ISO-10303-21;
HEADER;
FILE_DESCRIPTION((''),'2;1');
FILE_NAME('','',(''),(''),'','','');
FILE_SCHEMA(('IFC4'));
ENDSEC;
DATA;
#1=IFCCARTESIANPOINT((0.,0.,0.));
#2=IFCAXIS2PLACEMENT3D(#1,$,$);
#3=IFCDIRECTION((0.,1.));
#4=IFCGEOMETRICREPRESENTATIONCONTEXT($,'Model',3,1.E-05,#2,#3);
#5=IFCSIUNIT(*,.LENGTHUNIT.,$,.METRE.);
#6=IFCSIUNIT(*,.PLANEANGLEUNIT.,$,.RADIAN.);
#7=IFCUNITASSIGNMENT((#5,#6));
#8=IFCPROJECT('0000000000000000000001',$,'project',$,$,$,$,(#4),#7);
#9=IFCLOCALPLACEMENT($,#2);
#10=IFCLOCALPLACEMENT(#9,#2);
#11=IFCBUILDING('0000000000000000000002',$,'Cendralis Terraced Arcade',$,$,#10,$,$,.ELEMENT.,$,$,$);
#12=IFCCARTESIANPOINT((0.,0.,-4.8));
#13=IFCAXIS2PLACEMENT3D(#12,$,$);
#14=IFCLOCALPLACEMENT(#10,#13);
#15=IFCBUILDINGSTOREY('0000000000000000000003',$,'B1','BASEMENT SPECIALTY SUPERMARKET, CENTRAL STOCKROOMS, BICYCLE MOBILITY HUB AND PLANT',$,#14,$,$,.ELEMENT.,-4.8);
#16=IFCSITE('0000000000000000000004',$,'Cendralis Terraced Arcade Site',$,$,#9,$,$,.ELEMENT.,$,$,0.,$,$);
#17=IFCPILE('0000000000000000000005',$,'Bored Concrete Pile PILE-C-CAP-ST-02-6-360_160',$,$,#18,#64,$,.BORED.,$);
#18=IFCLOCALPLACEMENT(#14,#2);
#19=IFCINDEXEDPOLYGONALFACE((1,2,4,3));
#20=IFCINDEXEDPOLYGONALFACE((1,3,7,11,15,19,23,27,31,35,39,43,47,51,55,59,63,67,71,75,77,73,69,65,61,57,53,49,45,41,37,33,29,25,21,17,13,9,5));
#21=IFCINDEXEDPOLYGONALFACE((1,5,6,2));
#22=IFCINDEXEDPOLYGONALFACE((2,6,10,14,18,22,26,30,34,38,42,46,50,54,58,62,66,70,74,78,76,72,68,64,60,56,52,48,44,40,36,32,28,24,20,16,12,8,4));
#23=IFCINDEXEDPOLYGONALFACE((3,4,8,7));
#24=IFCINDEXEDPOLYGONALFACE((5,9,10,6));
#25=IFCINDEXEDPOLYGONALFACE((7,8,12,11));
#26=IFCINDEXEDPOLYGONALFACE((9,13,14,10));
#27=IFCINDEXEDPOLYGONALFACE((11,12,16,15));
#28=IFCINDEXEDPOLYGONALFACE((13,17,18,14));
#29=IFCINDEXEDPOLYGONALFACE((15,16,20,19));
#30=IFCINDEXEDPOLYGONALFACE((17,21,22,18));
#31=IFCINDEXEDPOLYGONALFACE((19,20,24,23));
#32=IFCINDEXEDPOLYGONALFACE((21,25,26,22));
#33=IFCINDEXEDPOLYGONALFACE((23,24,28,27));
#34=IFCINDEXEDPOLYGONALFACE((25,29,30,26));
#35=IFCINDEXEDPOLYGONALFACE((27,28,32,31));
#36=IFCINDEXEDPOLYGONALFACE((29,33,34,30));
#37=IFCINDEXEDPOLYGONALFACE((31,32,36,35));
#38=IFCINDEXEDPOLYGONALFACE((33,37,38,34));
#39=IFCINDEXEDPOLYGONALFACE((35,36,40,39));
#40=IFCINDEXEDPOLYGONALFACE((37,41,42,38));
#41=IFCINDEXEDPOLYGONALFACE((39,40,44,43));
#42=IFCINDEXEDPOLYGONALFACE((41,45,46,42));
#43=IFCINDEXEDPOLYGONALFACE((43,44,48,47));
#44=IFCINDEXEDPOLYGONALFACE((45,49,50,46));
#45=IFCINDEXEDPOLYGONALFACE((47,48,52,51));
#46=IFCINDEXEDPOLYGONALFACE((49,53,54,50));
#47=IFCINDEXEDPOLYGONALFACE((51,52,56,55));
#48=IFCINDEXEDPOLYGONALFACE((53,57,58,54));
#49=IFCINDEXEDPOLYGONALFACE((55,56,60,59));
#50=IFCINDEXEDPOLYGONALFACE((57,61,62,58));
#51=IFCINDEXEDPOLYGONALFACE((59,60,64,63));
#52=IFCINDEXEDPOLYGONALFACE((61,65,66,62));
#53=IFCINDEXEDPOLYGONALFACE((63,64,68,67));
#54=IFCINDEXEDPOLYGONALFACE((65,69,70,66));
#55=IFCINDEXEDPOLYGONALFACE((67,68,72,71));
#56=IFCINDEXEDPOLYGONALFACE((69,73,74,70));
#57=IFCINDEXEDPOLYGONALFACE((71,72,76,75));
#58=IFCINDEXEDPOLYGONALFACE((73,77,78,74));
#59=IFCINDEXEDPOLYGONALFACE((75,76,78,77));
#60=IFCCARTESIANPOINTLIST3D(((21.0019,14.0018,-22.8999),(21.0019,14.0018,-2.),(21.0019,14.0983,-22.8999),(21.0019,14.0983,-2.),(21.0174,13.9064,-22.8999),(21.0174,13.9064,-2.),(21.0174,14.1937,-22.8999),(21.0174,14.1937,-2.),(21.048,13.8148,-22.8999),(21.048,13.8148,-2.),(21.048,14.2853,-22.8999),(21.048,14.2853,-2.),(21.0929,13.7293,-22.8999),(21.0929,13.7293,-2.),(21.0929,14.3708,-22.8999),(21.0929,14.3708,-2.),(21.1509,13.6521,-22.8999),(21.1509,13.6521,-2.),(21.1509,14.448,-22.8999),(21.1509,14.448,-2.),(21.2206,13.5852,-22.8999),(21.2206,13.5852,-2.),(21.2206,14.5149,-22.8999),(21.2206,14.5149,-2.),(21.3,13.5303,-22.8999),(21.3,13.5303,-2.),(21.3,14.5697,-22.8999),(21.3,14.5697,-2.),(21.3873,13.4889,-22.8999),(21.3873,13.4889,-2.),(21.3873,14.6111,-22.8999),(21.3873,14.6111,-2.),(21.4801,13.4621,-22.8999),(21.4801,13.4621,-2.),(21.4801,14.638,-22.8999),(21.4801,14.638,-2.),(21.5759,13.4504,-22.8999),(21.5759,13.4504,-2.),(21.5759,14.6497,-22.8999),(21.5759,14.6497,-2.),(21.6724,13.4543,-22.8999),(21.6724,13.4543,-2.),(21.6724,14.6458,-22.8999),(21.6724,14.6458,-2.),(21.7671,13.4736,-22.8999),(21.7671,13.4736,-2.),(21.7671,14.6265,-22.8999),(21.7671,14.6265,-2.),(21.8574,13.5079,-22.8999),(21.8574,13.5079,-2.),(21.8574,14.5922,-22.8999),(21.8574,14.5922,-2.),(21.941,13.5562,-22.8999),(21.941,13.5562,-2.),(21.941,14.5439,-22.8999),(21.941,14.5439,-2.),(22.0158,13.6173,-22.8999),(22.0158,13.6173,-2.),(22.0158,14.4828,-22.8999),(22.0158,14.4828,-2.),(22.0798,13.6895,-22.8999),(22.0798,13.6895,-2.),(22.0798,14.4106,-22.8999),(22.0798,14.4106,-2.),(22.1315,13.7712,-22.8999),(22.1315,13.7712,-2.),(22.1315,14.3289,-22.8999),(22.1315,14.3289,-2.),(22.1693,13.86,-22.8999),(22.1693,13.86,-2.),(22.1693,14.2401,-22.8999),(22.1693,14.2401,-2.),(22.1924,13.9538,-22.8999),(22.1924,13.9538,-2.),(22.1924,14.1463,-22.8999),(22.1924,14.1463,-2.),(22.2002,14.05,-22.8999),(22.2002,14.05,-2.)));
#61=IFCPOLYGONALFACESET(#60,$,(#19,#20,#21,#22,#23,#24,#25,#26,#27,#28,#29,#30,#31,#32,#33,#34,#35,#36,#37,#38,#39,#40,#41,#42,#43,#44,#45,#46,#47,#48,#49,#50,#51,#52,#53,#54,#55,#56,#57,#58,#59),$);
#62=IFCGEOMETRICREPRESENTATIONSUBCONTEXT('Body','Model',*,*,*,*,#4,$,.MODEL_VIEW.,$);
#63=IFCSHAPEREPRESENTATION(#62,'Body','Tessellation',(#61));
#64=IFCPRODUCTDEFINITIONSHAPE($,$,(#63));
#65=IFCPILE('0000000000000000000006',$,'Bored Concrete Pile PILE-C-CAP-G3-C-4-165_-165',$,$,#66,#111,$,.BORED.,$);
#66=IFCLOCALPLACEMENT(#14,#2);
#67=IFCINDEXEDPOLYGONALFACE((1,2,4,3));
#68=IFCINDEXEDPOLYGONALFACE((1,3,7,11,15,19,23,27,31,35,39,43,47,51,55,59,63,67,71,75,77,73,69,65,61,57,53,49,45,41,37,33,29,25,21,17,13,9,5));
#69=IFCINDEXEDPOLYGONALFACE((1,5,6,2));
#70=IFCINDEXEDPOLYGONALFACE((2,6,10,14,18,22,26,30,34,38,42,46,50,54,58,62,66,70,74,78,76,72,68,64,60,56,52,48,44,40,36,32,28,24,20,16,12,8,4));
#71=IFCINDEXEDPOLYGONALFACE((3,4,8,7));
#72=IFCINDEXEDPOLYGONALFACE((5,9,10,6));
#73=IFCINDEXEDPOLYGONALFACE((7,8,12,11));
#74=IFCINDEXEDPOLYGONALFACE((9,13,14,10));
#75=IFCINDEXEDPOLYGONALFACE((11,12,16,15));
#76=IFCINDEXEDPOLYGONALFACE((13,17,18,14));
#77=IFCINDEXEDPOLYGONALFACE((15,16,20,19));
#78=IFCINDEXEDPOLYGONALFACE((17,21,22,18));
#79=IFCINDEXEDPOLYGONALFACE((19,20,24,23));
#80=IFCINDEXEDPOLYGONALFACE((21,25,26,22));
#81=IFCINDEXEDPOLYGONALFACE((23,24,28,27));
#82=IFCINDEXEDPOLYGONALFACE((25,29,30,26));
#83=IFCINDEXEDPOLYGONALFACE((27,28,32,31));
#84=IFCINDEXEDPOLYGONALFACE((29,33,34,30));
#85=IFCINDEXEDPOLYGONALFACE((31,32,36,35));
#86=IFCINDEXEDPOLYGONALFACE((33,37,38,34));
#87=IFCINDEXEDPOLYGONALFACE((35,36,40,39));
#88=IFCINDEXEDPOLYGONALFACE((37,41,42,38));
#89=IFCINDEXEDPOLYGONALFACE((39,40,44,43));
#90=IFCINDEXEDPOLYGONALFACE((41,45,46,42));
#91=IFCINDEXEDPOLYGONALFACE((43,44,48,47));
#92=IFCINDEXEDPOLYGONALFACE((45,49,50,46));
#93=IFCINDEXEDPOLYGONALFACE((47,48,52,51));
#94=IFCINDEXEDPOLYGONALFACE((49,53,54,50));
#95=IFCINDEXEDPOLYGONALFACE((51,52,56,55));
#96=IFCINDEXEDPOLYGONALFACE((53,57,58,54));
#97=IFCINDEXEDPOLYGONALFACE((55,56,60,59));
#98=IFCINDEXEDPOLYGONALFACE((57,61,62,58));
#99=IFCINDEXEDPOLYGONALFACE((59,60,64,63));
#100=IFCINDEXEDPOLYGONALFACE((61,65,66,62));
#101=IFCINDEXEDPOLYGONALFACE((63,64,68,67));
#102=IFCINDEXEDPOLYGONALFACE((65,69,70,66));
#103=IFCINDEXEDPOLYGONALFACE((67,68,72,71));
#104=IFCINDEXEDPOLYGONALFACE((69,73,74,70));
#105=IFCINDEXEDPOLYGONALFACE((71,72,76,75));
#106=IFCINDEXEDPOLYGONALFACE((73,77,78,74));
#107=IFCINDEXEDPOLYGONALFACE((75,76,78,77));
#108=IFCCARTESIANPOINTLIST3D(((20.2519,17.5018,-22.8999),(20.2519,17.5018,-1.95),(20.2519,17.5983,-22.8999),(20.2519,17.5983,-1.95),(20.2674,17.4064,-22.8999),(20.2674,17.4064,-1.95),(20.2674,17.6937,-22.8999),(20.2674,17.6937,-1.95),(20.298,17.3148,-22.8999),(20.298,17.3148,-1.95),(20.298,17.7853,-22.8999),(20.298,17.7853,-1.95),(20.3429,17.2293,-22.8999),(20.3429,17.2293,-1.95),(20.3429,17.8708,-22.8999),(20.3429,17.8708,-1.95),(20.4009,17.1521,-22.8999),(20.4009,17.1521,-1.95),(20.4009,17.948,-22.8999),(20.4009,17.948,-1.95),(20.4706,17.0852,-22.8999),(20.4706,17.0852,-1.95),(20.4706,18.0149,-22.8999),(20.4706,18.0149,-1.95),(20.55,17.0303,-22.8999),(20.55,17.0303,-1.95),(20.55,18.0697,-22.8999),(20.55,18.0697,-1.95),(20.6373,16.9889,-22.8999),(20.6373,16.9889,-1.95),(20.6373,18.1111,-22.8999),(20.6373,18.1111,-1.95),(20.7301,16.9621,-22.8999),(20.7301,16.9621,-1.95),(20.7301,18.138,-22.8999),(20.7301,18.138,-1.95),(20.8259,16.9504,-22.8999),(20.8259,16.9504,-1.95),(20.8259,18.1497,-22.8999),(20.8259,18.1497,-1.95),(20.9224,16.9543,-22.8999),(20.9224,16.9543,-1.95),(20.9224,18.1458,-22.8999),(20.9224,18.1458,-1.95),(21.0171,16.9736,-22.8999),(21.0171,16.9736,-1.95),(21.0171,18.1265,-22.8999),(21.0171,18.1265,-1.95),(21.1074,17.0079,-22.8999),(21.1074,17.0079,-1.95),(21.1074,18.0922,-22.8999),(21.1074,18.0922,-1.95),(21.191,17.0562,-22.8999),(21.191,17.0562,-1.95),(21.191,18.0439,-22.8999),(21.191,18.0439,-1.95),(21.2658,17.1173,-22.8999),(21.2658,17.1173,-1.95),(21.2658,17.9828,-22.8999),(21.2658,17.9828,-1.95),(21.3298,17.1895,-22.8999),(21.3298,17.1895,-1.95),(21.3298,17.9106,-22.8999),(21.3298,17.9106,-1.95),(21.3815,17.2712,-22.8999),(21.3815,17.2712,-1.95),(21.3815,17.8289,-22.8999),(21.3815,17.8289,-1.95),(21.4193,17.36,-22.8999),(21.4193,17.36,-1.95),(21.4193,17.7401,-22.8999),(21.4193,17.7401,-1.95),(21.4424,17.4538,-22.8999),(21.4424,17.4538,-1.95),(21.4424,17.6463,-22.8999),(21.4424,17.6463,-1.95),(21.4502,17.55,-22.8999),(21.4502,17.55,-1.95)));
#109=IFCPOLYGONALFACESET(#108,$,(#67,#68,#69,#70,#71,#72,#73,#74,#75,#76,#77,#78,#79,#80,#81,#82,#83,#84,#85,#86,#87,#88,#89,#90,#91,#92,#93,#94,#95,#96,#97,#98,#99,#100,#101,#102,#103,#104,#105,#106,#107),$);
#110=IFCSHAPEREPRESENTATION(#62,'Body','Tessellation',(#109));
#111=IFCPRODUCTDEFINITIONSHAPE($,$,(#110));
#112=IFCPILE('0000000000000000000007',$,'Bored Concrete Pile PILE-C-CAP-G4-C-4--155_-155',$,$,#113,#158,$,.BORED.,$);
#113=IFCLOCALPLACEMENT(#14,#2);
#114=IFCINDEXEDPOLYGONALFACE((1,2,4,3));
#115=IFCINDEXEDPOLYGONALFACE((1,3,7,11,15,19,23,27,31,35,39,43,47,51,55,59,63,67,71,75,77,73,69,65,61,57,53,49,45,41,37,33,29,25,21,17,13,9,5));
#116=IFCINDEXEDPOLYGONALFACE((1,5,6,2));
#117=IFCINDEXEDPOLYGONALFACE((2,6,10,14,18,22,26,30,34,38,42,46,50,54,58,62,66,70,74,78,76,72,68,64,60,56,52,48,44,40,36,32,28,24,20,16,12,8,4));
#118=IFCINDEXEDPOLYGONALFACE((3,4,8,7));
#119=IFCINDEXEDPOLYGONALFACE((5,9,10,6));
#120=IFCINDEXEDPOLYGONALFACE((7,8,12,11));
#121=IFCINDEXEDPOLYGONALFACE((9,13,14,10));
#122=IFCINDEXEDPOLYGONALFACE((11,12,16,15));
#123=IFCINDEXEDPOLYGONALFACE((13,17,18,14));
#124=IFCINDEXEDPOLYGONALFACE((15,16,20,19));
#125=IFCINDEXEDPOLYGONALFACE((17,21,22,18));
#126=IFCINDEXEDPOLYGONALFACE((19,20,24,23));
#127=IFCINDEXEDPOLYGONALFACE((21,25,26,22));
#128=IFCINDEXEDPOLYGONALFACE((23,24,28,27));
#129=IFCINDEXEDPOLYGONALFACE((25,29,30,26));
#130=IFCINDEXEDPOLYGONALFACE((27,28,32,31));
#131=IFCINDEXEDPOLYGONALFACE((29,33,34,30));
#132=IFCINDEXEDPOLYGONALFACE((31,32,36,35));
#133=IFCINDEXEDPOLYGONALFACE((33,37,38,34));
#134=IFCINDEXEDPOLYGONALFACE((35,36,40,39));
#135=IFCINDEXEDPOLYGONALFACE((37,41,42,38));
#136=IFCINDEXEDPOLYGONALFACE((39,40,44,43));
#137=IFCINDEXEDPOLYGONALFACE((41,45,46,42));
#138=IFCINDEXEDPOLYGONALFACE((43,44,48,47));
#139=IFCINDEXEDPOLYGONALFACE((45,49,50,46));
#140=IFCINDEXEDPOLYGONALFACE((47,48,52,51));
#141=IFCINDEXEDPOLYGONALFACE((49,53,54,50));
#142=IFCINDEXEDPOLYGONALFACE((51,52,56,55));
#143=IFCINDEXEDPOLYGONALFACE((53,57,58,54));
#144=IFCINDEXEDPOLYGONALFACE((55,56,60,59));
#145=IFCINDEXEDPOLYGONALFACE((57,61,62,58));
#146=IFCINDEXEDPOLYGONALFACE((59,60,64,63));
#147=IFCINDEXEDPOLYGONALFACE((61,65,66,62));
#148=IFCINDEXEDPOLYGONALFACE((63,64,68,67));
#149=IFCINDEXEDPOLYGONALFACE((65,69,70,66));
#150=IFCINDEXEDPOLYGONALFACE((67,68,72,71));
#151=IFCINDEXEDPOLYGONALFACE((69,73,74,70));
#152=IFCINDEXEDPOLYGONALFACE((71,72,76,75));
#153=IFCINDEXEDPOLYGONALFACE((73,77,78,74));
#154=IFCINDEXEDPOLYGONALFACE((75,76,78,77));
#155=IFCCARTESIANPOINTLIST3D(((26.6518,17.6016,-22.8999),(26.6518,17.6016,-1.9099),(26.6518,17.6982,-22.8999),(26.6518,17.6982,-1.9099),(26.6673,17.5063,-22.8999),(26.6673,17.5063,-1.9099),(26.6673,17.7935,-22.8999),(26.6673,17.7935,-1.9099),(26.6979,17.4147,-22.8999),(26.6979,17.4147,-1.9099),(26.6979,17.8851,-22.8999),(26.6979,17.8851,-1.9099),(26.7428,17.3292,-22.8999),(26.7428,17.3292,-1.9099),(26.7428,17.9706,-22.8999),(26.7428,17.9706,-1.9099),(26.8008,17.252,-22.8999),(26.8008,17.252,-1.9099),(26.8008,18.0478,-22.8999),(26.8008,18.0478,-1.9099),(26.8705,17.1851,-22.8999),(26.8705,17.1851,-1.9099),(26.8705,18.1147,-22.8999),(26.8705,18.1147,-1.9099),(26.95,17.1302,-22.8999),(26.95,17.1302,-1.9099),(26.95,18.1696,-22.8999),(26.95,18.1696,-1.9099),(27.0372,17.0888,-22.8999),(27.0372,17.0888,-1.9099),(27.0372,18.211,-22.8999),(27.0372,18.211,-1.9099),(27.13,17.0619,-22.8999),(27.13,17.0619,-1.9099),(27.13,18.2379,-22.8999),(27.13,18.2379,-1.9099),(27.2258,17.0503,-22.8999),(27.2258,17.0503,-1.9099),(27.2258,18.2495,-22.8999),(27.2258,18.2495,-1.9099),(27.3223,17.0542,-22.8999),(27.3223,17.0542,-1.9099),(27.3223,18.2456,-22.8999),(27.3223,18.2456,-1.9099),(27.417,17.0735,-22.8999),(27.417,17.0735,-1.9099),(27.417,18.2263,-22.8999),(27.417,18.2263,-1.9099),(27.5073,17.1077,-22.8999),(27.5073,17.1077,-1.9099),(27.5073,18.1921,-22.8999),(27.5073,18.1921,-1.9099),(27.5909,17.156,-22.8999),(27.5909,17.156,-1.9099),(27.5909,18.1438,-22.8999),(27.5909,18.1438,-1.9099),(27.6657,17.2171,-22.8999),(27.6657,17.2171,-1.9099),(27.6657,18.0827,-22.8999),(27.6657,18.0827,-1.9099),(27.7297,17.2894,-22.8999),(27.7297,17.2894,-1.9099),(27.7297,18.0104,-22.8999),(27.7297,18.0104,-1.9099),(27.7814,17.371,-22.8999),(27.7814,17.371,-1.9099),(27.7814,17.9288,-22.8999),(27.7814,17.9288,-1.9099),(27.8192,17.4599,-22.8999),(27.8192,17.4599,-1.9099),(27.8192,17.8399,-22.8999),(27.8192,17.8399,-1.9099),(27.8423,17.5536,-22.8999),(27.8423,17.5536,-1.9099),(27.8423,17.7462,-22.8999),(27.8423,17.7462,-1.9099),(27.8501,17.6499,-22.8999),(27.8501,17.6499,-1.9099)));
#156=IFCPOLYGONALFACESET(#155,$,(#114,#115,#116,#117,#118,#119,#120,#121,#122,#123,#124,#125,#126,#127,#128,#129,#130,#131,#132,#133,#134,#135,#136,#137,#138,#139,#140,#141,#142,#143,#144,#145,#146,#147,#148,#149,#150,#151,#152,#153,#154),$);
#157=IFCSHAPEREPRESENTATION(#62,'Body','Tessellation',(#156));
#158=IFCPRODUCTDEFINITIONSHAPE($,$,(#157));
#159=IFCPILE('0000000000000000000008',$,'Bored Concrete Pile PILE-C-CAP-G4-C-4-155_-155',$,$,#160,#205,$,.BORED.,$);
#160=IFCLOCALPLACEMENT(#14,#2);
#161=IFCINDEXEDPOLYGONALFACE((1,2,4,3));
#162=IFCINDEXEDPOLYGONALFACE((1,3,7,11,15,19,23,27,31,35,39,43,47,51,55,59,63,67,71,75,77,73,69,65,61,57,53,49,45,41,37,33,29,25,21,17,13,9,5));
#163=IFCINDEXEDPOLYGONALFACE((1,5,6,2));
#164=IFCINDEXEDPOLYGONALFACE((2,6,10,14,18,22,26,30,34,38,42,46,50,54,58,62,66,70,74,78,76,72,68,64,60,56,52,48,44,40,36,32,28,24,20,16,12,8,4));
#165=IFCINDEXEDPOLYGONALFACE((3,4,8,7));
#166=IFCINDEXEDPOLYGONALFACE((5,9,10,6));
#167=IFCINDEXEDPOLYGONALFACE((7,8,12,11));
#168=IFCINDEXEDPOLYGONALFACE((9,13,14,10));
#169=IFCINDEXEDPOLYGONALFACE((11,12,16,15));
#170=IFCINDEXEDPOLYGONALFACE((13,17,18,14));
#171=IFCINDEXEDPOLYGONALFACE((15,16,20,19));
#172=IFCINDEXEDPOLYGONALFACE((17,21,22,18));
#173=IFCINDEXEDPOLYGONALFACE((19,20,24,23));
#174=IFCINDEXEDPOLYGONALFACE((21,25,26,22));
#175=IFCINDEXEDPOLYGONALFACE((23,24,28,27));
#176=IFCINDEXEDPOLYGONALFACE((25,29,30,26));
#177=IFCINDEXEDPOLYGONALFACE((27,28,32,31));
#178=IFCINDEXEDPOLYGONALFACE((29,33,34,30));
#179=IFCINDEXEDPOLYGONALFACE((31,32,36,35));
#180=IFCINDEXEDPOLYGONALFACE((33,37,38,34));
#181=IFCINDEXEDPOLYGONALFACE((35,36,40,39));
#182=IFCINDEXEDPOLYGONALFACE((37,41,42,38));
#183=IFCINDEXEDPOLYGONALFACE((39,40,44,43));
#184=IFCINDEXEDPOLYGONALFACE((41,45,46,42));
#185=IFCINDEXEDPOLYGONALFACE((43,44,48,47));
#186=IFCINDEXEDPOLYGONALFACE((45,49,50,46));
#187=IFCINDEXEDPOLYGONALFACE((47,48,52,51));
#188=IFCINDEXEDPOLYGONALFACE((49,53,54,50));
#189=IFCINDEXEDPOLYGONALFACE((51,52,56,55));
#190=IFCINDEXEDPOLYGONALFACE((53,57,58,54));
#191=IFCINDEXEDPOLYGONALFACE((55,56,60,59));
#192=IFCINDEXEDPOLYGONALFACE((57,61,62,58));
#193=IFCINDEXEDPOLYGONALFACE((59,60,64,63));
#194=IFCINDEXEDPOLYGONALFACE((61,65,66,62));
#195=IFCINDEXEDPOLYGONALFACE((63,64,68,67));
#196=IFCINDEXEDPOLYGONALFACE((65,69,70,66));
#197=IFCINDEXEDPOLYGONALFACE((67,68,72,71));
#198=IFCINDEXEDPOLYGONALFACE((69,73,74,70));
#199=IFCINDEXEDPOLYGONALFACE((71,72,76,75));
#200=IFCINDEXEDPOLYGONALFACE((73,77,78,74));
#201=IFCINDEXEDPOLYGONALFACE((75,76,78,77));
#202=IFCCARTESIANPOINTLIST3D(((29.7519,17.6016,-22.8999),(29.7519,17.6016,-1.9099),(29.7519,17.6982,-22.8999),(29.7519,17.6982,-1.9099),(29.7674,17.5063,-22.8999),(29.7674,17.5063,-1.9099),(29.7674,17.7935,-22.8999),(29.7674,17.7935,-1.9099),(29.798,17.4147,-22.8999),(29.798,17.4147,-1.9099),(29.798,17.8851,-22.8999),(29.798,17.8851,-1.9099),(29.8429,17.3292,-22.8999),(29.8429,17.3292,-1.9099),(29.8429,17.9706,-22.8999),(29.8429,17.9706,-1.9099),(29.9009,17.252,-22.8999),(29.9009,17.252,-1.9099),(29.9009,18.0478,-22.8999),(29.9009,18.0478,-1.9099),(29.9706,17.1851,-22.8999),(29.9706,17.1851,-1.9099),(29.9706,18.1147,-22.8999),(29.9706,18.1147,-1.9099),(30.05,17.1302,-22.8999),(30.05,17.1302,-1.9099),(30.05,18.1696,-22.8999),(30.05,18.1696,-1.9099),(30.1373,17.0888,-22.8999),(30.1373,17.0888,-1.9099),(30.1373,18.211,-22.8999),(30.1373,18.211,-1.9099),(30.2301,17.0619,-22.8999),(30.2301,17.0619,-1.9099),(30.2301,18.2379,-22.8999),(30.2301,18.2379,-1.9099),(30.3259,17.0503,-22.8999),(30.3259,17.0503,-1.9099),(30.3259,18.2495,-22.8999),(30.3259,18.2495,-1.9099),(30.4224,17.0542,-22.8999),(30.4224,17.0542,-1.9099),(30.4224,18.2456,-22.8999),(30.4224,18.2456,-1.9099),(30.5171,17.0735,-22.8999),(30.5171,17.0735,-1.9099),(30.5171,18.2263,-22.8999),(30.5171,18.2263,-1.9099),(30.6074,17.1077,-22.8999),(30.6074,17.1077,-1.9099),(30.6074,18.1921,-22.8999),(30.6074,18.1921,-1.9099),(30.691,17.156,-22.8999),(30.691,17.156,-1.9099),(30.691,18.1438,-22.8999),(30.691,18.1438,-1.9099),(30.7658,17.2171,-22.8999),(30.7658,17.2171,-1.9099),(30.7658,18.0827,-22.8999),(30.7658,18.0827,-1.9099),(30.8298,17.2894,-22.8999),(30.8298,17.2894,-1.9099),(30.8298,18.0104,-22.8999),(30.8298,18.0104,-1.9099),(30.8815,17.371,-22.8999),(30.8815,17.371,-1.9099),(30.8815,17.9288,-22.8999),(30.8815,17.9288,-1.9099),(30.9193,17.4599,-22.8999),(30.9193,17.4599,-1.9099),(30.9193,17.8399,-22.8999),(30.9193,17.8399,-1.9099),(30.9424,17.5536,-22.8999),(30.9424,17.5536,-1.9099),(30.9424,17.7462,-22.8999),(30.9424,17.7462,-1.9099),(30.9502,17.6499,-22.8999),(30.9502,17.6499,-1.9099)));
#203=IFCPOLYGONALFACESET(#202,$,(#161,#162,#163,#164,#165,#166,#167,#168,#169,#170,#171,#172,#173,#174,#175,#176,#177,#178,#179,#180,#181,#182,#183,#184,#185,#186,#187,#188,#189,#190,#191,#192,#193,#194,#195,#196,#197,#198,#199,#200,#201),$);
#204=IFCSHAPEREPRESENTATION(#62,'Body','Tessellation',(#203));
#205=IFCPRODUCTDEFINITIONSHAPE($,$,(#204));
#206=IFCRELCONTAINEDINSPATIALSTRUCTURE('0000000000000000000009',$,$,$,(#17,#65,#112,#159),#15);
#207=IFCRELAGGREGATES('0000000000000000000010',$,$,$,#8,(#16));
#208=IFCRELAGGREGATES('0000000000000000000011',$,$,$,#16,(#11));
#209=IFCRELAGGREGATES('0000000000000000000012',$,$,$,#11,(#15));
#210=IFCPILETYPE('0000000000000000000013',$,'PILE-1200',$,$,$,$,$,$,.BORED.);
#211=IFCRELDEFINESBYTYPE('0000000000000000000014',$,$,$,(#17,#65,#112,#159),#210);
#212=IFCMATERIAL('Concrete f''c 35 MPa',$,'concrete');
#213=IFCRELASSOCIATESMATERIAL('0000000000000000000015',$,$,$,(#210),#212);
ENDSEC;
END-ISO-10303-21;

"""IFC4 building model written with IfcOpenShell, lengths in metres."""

from ifc_helpers import new_model, si_unit, direction, frame, origin, origin_2d, place, context, subcontext, project, spatial, circle, extrude, material, material_profile, profile_set, type_object, element, save


model = new_model("IFC4")

# Units and contexts
model_context = context("Model", 3, precision=1e-05, world=origin(), true_north=direction((0.0, 1.0)))
body_context = subcontext(model_context, "Body", "Model", "MODEL_VIEW")
ifc_project = project(units=[si_unit("LENGTHUNIT", "METRE"), si_unit("PLANEANGLEUNIT", "RADIAN")], contexts=[model_context])

# Site, building, storey
site_placement = place(None, origin())
site = spatial("IfcSite", under=ifc_project, at=site_placement, Name="Cendralis Terraced Arcade Site", CompositionType="ELEMENT", RefElevation=0.0)
building_placement = place(site_placement, origin())
building = spatial("IfcBuilding", under=site, at=building_placement, Name="Cendralis Terraced Arcade", CompositionType="ELEMENT")
storey_placement = place(building_placement, frame((0.0, 0.0, -4.8)))
storey = spatial("IfcBuildingStorey", under=building, at=storey_placement, Name="B1", Description="BASEMENT SPECIALTY SUPERMARKET, CENTRAL STOCKROOMS, BICYCLE MOBILITY HUB AND PLANT", CompositionType="ELEMENT", Elevation=-4.8)

# Shared definitions
ifc_material_1 = material(Name="Concrete f'c 35 MPa", Category="concrete")

# Piles
ifc_material_profile_1 = material_profile(ifc_material_1, circle(Radius=0.6001, at=origin_2d()), Name="PILE-D1200", Category="LoadBearing")
ifc_profile_set_1 = profile_set([ifc_material_profile_1], Name="Concrete f'c 35 MPa")
pile_type_1 = type_object("IfcPileType", Name="PILE-1200", PredefinedType="BORED", material=ifc_profile_set_1)
for number, where, z_axis, x_axis, name in (
    (1, (21.6001, 14.05, -2.0), (0.0, 0.0, -1.0), (1.0, 0.0, 0.0), "Bored Concrete Pile PILE-C-CAP-ST-02-6-360_160"),
):
    element("IfcPile", number, at=place(storey_placement, frame(where, z_axis=z_axis, x_axis=x_axis)), inside=storey, type_object=pile_type_1, Name=name, PredefinedType="BORED", context=body_context, shape_type="SweptSolid", body=[
        extrude(circle(Radius=0.6001, at=origin_2d()), origin(), (0.0, 0.0, 1.0), 20.8999),
    ])
pile_1_placement = place(storey_placement, frame((20.8501, 17.55, -1.95), z_axis=(0.0, 0.0, -1.0), x_axis=(1.0, 0.0, 0.0)))
element("IfcPile", 2, at=pile_1_placement, inside=storey, type_object=pile_type_1, Name="Bored Concrete Pile PILE-C-CAP-G3-C-4-165_-165", PredefinedType="BORED", context=body_context, shape_type="SweptSolid", body=[
    extrude(circle(Radius=0.6001, at=origin_2d()), origin(), (0.0, 0.0, 1.0), 20.95),
])
for number, where, z_axis, x_axis, name in (
    (3, (27.25, 17.6499, -1.9099), (0.0, 0.0, -1.0), (1.0, 0.0, 0.0), "Bored Concrete Pile PILE-C-CAP-G4-C-4--155_-155"),
    (4, (30.3501, 17.6499, -1.9099), (0.0, 0.0, -1.0), (1.0, 0.0, 0.0), "Bored Concrete Pile PILE-C-CAP-G4-C-4-155_-155"),
):
    element("IfcPile", number, at=place(storey_placement, frame(where, z_axis=z_axis, x_axis=x_axis)), inside=storey, type_object=pile_type_1, Name=name, PredefinedType="BORED", context=body_context, shape_type="SweptSolid", body=[
        extrude(circle(Radius=0.6001, at=origin_2d()), origin(), (0.0, 0.0, 1.0), 20.99),
    ])

save(model, "model.ifc")
